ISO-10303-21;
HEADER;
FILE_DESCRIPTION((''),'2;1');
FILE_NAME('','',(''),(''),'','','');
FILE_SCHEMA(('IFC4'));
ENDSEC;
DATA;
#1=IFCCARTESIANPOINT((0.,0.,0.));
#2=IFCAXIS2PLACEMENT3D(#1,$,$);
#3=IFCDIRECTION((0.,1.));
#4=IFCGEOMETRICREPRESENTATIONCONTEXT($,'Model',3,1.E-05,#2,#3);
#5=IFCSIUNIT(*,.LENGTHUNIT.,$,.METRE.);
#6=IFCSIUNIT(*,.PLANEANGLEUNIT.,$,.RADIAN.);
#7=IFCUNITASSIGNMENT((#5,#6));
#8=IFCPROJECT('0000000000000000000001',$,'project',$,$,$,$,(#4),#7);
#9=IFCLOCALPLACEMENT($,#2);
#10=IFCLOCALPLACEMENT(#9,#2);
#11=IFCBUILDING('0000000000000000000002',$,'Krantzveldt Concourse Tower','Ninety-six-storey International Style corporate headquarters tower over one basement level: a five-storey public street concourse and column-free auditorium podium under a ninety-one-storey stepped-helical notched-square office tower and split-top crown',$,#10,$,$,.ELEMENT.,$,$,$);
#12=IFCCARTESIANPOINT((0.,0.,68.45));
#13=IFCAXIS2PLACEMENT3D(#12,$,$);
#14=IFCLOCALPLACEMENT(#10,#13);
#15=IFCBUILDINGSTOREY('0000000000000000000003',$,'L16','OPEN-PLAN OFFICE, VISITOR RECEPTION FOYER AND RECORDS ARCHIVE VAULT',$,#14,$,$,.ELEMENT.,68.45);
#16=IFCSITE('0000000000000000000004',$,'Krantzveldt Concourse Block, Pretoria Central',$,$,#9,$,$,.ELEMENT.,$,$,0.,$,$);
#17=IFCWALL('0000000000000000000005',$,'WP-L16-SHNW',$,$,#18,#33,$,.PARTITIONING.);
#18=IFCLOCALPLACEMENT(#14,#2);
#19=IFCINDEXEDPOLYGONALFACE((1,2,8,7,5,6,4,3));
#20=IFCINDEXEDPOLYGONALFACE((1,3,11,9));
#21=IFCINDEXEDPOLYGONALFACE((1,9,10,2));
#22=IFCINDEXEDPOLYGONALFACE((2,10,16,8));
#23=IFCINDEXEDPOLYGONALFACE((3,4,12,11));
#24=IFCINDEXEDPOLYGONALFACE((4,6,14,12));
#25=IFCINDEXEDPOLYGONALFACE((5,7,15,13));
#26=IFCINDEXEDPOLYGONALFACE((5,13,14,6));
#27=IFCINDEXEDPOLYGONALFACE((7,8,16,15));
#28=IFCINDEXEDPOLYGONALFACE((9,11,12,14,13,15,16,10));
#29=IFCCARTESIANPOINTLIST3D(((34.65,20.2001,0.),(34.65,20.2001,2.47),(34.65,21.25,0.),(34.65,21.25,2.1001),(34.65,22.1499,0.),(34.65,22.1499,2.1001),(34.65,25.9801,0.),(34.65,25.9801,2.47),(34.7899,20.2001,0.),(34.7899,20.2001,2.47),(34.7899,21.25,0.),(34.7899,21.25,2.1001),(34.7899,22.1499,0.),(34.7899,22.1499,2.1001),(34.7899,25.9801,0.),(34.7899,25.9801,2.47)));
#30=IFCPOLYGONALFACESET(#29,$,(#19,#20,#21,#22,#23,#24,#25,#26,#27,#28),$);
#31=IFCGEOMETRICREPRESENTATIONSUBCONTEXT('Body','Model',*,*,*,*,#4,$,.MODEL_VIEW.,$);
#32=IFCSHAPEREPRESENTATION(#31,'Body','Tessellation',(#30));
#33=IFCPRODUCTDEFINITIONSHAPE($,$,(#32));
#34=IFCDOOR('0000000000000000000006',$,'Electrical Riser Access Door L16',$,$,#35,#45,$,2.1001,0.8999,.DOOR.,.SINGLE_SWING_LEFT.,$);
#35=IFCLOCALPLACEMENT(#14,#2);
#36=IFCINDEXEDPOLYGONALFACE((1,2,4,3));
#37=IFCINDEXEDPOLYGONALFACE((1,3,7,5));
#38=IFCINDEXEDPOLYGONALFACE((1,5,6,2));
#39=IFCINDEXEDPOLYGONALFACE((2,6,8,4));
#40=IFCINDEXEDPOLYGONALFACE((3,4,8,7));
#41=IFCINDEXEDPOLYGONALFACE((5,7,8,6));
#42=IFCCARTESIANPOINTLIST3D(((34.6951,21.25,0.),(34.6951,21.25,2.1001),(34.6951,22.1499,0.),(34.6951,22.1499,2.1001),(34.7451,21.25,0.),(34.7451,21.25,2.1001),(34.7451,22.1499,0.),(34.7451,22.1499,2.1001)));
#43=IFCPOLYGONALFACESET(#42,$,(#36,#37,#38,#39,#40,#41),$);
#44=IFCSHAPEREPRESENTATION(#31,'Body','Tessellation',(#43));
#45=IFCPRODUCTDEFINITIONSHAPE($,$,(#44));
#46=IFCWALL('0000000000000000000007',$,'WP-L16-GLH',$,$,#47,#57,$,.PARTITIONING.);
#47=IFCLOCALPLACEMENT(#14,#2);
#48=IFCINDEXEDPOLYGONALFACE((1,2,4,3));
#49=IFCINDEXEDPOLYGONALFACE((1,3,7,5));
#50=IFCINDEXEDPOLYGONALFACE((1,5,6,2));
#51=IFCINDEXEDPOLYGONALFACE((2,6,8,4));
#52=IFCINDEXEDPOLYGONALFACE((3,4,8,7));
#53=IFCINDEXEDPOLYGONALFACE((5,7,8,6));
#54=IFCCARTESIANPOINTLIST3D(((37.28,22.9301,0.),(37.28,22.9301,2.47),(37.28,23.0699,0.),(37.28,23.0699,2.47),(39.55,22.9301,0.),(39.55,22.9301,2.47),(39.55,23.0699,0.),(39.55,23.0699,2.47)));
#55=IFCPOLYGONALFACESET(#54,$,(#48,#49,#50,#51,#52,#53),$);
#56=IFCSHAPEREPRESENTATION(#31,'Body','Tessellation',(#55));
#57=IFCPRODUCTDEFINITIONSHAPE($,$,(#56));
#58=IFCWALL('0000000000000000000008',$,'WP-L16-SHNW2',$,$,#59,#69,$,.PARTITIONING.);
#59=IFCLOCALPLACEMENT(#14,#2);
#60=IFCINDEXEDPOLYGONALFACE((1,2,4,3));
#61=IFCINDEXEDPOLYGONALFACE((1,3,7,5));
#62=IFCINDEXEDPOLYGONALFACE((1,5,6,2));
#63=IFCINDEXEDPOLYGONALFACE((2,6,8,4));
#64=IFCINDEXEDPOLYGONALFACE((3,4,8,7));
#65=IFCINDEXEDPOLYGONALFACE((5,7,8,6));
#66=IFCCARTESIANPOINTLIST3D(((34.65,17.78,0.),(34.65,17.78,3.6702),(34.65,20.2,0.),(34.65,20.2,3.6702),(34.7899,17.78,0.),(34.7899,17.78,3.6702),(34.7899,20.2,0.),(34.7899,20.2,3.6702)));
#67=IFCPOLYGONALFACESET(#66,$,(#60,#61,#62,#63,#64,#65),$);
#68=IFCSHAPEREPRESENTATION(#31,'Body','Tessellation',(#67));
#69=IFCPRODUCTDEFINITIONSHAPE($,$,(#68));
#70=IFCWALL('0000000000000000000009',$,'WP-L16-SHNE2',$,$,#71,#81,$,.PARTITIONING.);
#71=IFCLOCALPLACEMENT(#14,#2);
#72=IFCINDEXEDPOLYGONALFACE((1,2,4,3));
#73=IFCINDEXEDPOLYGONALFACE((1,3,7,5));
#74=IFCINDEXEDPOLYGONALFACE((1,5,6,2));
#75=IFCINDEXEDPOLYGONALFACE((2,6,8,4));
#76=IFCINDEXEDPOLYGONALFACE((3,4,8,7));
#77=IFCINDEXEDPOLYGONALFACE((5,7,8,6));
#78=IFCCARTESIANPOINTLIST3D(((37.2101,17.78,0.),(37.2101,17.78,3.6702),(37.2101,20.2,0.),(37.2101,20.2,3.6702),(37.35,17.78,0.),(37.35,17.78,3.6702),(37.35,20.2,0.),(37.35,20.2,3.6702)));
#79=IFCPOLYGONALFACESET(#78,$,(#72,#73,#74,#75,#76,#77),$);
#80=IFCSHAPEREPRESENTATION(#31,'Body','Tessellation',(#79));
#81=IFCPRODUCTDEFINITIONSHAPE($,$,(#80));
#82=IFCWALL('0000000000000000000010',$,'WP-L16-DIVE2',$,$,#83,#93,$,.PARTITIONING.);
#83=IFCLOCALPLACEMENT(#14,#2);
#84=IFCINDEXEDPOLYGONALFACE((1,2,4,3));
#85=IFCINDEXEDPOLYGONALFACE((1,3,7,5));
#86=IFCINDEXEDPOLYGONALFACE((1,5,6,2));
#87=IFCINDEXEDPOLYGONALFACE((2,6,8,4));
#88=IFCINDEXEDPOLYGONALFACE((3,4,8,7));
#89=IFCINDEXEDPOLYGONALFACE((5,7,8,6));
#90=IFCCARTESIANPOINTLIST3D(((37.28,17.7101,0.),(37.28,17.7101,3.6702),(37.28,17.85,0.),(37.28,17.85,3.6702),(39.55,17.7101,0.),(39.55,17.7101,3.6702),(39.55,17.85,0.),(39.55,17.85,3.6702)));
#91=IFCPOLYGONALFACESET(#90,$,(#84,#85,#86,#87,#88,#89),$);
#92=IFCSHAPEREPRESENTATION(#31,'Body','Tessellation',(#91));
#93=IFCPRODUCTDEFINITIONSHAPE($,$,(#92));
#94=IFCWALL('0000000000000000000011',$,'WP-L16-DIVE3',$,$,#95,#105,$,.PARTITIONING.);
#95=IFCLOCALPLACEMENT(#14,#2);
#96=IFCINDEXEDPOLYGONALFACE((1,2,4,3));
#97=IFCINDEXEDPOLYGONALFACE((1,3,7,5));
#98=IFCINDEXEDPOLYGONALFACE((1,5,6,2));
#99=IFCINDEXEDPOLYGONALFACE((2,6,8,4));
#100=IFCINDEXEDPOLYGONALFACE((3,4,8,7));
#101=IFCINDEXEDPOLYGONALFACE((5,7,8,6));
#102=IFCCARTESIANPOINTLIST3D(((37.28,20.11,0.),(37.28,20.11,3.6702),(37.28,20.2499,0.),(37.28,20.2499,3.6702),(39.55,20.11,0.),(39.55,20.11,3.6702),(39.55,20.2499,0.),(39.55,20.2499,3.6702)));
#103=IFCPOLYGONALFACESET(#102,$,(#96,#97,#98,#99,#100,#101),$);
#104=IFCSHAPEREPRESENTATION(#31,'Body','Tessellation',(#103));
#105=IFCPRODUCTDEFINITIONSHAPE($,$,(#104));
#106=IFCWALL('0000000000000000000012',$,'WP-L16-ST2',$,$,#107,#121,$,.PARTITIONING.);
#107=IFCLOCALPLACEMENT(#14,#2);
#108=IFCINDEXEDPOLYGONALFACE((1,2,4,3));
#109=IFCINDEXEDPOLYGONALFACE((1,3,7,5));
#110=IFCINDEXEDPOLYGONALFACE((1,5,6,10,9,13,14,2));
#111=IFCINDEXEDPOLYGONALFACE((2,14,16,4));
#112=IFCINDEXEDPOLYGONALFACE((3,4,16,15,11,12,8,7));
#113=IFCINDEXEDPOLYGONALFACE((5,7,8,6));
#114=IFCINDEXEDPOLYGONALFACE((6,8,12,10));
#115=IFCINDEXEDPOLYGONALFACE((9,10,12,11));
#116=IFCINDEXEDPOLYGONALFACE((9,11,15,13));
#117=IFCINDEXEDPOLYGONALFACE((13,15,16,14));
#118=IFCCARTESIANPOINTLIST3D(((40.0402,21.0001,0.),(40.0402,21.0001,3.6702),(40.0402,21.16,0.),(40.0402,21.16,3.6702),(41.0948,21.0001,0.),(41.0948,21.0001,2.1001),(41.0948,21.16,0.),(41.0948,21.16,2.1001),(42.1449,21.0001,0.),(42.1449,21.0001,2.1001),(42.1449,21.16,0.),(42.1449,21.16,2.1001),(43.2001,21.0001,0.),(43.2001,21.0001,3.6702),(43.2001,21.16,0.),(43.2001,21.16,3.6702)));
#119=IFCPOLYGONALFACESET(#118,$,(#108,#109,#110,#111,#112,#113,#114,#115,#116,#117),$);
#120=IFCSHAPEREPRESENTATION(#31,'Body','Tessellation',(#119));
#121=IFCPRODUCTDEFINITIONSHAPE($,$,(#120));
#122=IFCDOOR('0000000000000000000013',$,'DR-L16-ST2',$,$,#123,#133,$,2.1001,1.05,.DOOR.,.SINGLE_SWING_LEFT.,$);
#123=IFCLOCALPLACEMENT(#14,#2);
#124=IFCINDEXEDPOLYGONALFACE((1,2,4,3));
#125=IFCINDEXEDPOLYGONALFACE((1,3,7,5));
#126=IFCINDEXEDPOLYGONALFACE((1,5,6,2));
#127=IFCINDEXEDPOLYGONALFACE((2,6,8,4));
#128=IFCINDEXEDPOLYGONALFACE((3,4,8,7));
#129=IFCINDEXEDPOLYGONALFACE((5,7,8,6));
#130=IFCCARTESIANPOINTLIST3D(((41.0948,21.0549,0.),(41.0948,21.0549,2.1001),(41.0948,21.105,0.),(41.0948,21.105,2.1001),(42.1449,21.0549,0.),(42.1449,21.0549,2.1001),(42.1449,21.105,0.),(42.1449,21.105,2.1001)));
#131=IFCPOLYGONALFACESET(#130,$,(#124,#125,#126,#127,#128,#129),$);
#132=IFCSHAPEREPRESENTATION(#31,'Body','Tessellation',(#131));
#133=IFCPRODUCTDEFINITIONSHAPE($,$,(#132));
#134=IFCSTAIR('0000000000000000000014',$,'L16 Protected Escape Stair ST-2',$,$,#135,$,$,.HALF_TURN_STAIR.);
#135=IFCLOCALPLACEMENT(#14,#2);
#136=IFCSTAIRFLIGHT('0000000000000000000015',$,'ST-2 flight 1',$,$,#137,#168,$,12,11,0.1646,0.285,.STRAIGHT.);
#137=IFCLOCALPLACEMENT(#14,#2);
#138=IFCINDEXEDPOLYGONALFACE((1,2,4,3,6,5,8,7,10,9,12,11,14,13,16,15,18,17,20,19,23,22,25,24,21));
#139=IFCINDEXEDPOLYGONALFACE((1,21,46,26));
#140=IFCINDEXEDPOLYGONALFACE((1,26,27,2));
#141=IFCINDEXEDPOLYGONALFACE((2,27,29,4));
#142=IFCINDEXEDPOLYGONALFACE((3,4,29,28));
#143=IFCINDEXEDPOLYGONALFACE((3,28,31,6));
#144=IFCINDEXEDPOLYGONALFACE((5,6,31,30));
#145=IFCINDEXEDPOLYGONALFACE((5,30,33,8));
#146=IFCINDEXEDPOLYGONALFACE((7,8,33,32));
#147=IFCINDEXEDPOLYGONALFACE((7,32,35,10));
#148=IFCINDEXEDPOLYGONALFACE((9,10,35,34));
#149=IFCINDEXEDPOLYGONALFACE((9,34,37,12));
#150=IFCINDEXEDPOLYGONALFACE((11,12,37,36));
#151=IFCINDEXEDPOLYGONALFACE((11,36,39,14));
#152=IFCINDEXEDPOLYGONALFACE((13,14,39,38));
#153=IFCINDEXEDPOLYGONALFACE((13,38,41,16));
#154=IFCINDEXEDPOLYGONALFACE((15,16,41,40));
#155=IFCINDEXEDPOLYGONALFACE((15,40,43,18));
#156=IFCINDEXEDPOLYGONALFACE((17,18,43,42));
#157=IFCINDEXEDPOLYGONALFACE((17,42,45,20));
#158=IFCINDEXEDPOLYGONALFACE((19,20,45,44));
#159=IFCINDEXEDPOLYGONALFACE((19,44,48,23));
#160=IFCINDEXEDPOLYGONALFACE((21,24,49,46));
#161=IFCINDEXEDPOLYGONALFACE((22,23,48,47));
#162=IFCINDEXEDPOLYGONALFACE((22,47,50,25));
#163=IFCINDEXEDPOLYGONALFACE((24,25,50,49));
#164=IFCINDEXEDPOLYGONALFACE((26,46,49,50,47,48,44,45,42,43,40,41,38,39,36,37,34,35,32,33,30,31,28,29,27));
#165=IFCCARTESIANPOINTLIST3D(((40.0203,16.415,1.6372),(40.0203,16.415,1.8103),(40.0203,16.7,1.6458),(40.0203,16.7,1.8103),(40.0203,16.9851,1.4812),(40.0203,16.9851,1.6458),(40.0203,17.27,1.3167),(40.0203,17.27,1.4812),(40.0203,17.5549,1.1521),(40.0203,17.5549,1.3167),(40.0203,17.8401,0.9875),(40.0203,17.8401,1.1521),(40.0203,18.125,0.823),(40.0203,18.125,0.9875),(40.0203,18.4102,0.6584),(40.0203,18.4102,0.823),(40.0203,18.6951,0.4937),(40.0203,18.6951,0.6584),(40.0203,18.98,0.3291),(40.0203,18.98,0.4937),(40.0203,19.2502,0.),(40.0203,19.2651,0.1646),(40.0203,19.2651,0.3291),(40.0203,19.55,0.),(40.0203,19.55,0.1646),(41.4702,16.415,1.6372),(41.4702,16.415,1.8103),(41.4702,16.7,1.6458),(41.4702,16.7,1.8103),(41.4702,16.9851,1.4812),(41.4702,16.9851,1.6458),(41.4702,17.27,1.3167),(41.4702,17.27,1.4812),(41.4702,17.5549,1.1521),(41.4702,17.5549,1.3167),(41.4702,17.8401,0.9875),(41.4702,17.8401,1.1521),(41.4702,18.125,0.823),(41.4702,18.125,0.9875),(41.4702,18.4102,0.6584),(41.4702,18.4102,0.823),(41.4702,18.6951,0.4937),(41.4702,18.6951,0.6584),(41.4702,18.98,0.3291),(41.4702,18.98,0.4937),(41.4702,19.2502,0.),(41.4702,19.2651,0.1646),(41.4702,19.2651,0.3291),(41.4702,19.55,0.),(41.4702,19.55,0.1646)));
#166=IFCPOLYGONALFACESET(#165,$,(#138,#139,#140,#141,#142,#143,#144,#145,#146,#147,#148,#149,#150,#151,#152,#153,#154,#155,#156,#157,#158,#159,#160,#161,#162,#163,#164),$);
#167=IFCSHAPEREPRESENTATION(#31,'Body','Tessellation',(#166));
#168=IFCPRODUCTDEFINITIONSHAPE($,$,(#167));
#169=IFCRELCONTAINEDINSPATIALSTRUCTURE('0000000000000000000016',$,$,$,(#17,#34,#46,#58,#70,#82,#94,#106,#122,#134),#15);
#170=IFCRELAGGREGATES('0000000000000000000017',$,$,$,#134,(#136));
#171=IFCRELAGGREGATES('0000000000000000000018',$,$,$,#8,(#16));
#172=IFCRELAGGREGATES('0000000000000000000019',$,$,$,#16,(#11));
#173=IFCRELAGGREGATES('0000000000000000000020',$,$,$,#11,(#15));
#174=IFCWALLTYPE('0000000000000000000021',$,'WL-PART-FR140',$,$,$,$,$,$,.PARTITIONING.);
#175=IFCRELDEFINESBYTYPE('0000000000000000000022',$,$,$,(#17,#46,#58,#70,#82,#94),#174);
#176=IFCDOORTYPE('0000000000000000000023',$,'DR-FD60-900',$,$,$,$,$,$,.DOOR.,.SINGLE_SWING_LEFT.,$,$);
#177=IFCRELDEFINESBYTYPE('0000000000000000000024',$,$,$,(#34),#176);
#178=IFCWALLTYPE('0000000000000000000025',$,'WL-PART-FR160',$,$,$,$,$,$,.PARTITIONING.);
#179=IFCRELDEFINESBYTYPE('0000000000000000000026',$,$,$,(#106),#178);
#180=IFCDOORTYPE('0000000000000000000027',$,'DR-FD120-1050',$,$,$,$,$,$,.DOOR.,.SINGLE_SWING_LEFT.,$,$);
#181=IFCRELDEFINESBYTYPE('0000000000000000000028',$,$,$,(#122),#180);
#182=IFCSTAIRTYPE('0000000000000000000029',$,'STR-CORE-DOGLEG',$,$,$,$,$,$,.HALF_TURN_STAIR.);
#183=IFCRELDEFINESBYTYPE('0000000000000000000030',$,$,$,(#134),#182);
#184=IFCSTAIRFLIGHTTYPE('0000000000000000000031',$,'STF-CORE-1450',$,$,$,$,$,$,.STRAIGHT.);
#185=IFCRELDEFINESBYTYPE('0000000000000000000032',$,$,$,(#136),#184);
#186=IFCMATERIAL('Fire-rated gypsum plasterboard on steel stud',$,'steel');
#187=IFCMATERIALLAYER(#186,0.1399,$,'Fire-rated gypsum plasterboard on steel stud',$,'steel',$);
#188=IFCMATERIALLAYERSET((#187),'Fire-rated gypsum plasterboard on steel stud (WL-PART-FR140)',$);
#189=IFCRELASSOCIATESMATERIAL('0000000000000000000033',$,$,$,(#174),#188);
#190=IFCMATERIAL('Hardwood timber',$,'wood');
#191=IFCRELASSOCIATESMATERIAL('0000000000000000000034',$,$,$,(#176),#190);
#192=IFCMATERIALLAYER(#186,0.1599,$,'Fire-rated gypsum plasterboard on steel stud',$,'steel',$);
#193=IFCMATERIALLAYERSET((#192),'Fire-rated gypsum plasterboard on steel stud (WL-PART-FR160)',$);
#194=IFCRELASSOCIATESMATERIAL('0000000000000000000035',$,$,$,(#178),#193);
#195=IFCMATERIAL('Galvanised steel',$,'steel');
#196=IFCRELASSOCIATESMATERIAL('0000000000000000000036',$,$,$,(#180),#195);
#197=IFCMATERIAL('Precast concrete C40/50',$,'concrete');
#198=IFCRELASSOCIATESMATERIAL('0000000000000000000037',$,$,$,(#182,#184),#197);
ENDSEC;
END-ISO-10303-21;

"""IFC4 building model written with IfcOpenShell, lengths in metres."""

from ifc_helpers import new_model, si_unit, direction, frame, frame_2d, origin, place, context, subcontext, project, spatial, polyline, rectangle, outline, extrude, material, layer, layer_set, type_object, element, fill, aggregate, save


model = new_model("IFC4")

# Units and contexts
model_context = context("Model", 3, precision=1e-05, world=origin(), true_north=direction((0.0, 1.0)))
body_context = subcontext(model_context, "Body", "Model", "MODEL_VIEW")
ifc_project = project(units=[si_unit("LENGTHUNIT", "METRE"), si_unit("PLANEANGLEUNIT", "RADIAN")], contexts=[model_context])

# Site, building, storey
site_placement = place(None, origin())
site = spatial("IfcSite", under=ifc_project, at=site_placement, Name="Krantzveldt Concourse Block, Pretoria Central", CompositionType="ELEMENT", RefElevation=0.0)
building_placement = place(site_placement, origin())
building = spatial("IfcBuilding", under=site, at=building_placement, Name="Krantzveldt Concourse Tower", Description="Ninety-six-storey International Style corporate headquarters tower over one basement level: a five-storey public street concourse and column-free auditorium podium under a ninety-one-storey stepped-helical notched-square office tower and split-top crown", CompositionType="ELEMENT")
storey_placement = place(building_placement, frame((0.0, 0.0, 68.45)))
storey = spatial("IfcBuildingStorey", under=building, at=storey_placement, Name="L16", Description="OPEN-PLAN OFFICE, VISITOR RECEPTION FOYER AND RECORDS ARCHIVE VAULT", CompositionType="ELEMENT", Elevation=68.45)

# Wall, opening, door
ifc_material_1 = material(Name="Fire-rated gypsum plasterboard on steel stud", Category="steel")
ifc_layer_1 = layer(ifc_material_1, 0.1399, Name="Fire-rated gypsum plasterboard on steel stud", Category="steel")
ifc_layer_set_1 = layer_set([ifc_layer_1], Name="Fire-rated gypsum plasterboard on steel stud (WL-PART-FR140)")
wall_type_1 = type_object("IfcWallType", Name="WL-PART-FR140", PredefinedType="PARTITIONING", material=ifc_layer_set_1)
wall_1_placement = place(storey_placement, frame((34.72, 20.2, 0.0), z_axis=(0.0, 0.0, 1.0), x_axis=(0.0, 1.0, 0.0)))
wall_1 = element("IfcWall", 1, at=wall_1_placement, inside=storey, type_object=wall_type_1, Name="WP-L16-SHNW", PredefinedType="PARTITIONING", context=body_context, shape_type="SweptSolid", body=[
    extrude(rectangle(XDim=5.78, YDim=0.1399, at=frame_2d((2.8901, 0.0))), origin(), (0.0, 0.0, 1.0), 2.47),
])
opening_1_placement = place(wall_1_placement, frame((1.05, 0.0, 0.0)))
opening_1 = element("IfcOpeningElement", 2, at=opening_1_placement, cuts=wall_1, PredefinedType="OPENING", context=body_context, shape_type="SweptSolid", body=[
    extrude(rectangle(XDim=0.8999, YDim=2.1001, at=frame_2d((0.45, 1.05))), frame((0.0, 0.0801, 0.0), z_axis=(0.0, -1.0, 0.0), x_axis=(1.0, 0.0, 0.0)), (0.0, 0.0, 1.0), 0.1599),
])
ifc_material_2 = material(Name="Hardwood timber", Category="wood")
door_type_1 = type_object("IfcDoorType", Name="DR-FD60-900", OperationType="SINGLE_SWING_LEFT", PredefinedType="DOOR", material=ifc_material_2)
door_1_placement = place(opening_1_placement, origin())
door_1 = element("IfcDoor", 3, at=door_1_placement, inside=storey, type_object=door_type_1, Name="Electrical Riser Access Door L16", OperationType="SINGLE_SWING_LEFT", OverallHeight=2.1001, OverallWidth=0.8999, PredefinedType="DOOR", context=body_context, shape_type="SweptSolid", body=[
    extrude(rectangle(XDim=0.8999, YDim=2.1001, at=frame_2d((0.45, 1.05))), frame((0.0, 0.0249, 0.0), z_axis=(0.0, -1.0, 0.0), x_axis=(1.0, 0.0, 0.0)), (0.0, 0.0, 1.0), 0.05),
])
fill(opening_1, door_1)

# Walls
wall_2_placement = place(storey_placement, frame((37.28, 23.0, 0.0), z_axis=(0.0, 0.0, 1.0), x_axis=(1.0, 0.0, 0.0)))
element("IfcWall", 4, at=wall_2_placement, inside=storey, type_object=wall_type_1, Name="WP-L16-GLH", PredefinedType="PARTITIONING", context=body_context, shape_type="SweptSolid", body=[
    extrude(rectangle(XDim=2.27, YDim=0.1399, at=frame_2d((1.135, 0.0))), origin(), (0.0, 0.0, 1.0), 2.47),
])
for number, where, z_axis, x_axis, name in (
    (5, (34.72, 17.78, 0.0), (0.0, 0.0, 1.0), (0.0, 1.0, 0.0), "WP-L16-SHNW2"),
    (6, (37.28, 17.78, 0.0), (0.0, 0.0, 1.0), (0.0, 1.0, 0.0), "WP-L16-SHNE2"),
):
    element("IfcWall", number, at=place(storey_placement, frame(where, z_axis=z_axis, x_axis=x_axis)), inside=storey, type_object=wall_type_1, Name=name, PredefinedType="PARTITIONING", context=body_context, shape_type="SweptSolid", body=[
        extrude(rectangle(XDim=2.4199, YDim=0.1399, at=frame_2d((1.21, 0.0))), origin(), (0.0, 0.0, 1.0), 3.6702),
    ])
for number, where, z_axis, x_axis, name in (
    (7, (37.28, 17.78, 0.0), (0.0, 0.0, 1.0), (1.0, 0.0, 0.0), "WP-L16-DIVE2"),
    (8, (37.28, 20.1799, 0.0), (0.0, 0.0, 1.0), (1.0, 0.0, 0.0), "WP-L16-DIVE3"),
):
    element("IfcWall", number, at=place(storey_placement, frame(where, z_axis=z_axis, x_axis=x_axis)), inside=storey, type_object=wall_type_1, Name=name, PredefinedType="PARTITIONING", context=body_context, shape_type="SweptSolid", body=[
        extrude(rectangle(XDim=2.27, YDim=0.1399, at=frame_2d((1.135, 0.0))), origin(), (0.0, 0.0, 1.0), 3.6702),
    ])

# Wall, opening, door
ifc_layer_2 = layer(ifc_material_1, 0.1599, Name="Fire-rated gypsum plasterboard on steel stud", Category="steel")
ifc_layer_set_2 = layer_set([ifc_layer_2], Name="Fire-rated gypsum plasterboard on steel stud (WL-PART-FR160)")
wall_type_2 = type_object("IfcWallType", Name="WL-PART-FR160", PredefinedType="PARTITIONING", material=ifc_layer_set_2)
wall_3_placement = place(storey_placement, frame((40.04, 21.0801, 0.0), z_axis=(0.0, 0.0, 1.0), x_axis=(1.0, 0.0, 0.0)))
wall_3 = element("IfcWall", 9, at=wall_3_placement, inside=storey, type_object=wall_type_2, Name="WP-L16-ST2", PredefinedType="PARTITIONING", context=body_context, shape_type="SweptSolid", body=[
    extrude(rectangle(XDim=3.1599, YDim=0.1599, at=frame_2d((1.5801, 0.0))), origin(), (0.0, 0.0, 1.0), 3.6702),
])
opening_2_placement = place(wall_3_placement, frame((1.0549, 0.0, 0.0)))
opening_2 = element("IfcOpeningElement", 10, at=opening_2_placement, cuts=wall_3, PredefinedType="OPENING", context=body_context, shape_type="SweptSolid", body=[
    extrude(rectangle(XDim=1.05, YDim=2.1001, at=frame_2d((0.5249, 1.05))), frame((0.0, 0.0898, 0.0), z_axis=(0.0, -1.0, 0.0), x_axis=(1.0, 0.0, 0.0)), (0.0, 0.0, 1.0), 0.1799),
])
ifc_material_3 = material(Name="Galvanised steel", Category="steel")
door_type_2 = type_object("IfcDoorType", Name="DR-FD120-1050", OperationType="SINGLE_SWING_LEFT", PredefinedType="DOOR", material=ifc_material_3)
door_2_placement = place(opening_2_placement, origin())
door_2 = element("IfcDoor", 11, at=door_2_placement, inside=storey, type_object=door_type_2, Name="DR-L16-ST2", OperationType="SINGLE_SWING_LEFT", OverallHeight=2.1001, OverallWidth=1.05, PredefinedType="DOOR", context=body_context, shape_type="SweptSolid", body=[
    extrude(rectangle(XDim=1.05, YDim=2.1001, at=frame_2d((0.5249, 1.05))), frame((0.0, 0.0249, 0.0), z_axis=(0.0, -1.0, 0.0), x_axis=(1.0, 0.0, 0.0)), (0.0, 0.0, 1.0), 0.05),
])
fill(opening_2, door_2)

# Stair, stair flight
ifc_material_4 = material(Name="Precast concrete C40/50", Category="concrete")
stair_type = type_object("IfcStairType", Name="STR-CORE-DOGLEG", PredefinedType="HALF_TURN_STAIR", material=ifc_material_4)
stair_placement = place(storey_placement, origin())
stair = element("IfcStair", 12, at=stair_placement, inside=storey, type_object=stair_type, Name="L16 Protected Escape Stair ST-2", PredefinedType="HALF_TURN_STAIR")
stair_flight_type = type_object("IfcStairFlightType", Name="STF-CORE-1450", PredefinedType="STRAIGHT", material=ifc_material_4)
stair_flight_1_placement = place(storey_placement, frame((40.7451, 19.55, 0.0), z_axis=(0.0, 0.0, 1.0), x_axis=(0.0, -1.0, 0.0)))
stair_flight_1 = element("IfcStairFlight", 13, at=stair_flight_1_placement, type_object=stair_flight_type, Name="ST-2 flight 1", NumberOfRisers=12, NumberOfTreads=11, PredefinedType="STRAIGHT", RiserHeight=0.1646, TreadLength=0.285, context=body_context, shape_type="SweptSolid", body=[
    extrude(outline(polyline([(0.0, 0.0), (0.0, 0.1646), (0.2849, 0.1646), (0.2849, 0.3291), (0.5701, 0.3291), (0.5701, 0.4937), (0.855, 0.4937), (0.855, 0.6584), (1.1399, 0.6584), (1.1399, 0.823), (1.425, 0.823), (1.425, 0.9875), (1.71, 0.9875), (1.71, 1.1521), (1.9951, 1.1521), (1.9951, 1.3167), (2.28, 1.3167), (2.28, 1.4812), (2.5649, 1.4812), (2.5649, 1.6458), (2.8501, 1.6458), (2.8501, 1.8103), (3.135, 1.8103), (3.135, 1.9751), (3.135, 1.6372), (0.2998, 0.0), (0.0, 0.0)])), frame((0.0, 0.7251, 0.0), z_axis=(0.0, -1.0, 0.0), x_axis=(1.0, 0.0, 0.0)), (0.0, 0.0, 1.0), 1.45),
])
aggregate(stair, [stair_flight_1])

save(model, "model.ifc")
